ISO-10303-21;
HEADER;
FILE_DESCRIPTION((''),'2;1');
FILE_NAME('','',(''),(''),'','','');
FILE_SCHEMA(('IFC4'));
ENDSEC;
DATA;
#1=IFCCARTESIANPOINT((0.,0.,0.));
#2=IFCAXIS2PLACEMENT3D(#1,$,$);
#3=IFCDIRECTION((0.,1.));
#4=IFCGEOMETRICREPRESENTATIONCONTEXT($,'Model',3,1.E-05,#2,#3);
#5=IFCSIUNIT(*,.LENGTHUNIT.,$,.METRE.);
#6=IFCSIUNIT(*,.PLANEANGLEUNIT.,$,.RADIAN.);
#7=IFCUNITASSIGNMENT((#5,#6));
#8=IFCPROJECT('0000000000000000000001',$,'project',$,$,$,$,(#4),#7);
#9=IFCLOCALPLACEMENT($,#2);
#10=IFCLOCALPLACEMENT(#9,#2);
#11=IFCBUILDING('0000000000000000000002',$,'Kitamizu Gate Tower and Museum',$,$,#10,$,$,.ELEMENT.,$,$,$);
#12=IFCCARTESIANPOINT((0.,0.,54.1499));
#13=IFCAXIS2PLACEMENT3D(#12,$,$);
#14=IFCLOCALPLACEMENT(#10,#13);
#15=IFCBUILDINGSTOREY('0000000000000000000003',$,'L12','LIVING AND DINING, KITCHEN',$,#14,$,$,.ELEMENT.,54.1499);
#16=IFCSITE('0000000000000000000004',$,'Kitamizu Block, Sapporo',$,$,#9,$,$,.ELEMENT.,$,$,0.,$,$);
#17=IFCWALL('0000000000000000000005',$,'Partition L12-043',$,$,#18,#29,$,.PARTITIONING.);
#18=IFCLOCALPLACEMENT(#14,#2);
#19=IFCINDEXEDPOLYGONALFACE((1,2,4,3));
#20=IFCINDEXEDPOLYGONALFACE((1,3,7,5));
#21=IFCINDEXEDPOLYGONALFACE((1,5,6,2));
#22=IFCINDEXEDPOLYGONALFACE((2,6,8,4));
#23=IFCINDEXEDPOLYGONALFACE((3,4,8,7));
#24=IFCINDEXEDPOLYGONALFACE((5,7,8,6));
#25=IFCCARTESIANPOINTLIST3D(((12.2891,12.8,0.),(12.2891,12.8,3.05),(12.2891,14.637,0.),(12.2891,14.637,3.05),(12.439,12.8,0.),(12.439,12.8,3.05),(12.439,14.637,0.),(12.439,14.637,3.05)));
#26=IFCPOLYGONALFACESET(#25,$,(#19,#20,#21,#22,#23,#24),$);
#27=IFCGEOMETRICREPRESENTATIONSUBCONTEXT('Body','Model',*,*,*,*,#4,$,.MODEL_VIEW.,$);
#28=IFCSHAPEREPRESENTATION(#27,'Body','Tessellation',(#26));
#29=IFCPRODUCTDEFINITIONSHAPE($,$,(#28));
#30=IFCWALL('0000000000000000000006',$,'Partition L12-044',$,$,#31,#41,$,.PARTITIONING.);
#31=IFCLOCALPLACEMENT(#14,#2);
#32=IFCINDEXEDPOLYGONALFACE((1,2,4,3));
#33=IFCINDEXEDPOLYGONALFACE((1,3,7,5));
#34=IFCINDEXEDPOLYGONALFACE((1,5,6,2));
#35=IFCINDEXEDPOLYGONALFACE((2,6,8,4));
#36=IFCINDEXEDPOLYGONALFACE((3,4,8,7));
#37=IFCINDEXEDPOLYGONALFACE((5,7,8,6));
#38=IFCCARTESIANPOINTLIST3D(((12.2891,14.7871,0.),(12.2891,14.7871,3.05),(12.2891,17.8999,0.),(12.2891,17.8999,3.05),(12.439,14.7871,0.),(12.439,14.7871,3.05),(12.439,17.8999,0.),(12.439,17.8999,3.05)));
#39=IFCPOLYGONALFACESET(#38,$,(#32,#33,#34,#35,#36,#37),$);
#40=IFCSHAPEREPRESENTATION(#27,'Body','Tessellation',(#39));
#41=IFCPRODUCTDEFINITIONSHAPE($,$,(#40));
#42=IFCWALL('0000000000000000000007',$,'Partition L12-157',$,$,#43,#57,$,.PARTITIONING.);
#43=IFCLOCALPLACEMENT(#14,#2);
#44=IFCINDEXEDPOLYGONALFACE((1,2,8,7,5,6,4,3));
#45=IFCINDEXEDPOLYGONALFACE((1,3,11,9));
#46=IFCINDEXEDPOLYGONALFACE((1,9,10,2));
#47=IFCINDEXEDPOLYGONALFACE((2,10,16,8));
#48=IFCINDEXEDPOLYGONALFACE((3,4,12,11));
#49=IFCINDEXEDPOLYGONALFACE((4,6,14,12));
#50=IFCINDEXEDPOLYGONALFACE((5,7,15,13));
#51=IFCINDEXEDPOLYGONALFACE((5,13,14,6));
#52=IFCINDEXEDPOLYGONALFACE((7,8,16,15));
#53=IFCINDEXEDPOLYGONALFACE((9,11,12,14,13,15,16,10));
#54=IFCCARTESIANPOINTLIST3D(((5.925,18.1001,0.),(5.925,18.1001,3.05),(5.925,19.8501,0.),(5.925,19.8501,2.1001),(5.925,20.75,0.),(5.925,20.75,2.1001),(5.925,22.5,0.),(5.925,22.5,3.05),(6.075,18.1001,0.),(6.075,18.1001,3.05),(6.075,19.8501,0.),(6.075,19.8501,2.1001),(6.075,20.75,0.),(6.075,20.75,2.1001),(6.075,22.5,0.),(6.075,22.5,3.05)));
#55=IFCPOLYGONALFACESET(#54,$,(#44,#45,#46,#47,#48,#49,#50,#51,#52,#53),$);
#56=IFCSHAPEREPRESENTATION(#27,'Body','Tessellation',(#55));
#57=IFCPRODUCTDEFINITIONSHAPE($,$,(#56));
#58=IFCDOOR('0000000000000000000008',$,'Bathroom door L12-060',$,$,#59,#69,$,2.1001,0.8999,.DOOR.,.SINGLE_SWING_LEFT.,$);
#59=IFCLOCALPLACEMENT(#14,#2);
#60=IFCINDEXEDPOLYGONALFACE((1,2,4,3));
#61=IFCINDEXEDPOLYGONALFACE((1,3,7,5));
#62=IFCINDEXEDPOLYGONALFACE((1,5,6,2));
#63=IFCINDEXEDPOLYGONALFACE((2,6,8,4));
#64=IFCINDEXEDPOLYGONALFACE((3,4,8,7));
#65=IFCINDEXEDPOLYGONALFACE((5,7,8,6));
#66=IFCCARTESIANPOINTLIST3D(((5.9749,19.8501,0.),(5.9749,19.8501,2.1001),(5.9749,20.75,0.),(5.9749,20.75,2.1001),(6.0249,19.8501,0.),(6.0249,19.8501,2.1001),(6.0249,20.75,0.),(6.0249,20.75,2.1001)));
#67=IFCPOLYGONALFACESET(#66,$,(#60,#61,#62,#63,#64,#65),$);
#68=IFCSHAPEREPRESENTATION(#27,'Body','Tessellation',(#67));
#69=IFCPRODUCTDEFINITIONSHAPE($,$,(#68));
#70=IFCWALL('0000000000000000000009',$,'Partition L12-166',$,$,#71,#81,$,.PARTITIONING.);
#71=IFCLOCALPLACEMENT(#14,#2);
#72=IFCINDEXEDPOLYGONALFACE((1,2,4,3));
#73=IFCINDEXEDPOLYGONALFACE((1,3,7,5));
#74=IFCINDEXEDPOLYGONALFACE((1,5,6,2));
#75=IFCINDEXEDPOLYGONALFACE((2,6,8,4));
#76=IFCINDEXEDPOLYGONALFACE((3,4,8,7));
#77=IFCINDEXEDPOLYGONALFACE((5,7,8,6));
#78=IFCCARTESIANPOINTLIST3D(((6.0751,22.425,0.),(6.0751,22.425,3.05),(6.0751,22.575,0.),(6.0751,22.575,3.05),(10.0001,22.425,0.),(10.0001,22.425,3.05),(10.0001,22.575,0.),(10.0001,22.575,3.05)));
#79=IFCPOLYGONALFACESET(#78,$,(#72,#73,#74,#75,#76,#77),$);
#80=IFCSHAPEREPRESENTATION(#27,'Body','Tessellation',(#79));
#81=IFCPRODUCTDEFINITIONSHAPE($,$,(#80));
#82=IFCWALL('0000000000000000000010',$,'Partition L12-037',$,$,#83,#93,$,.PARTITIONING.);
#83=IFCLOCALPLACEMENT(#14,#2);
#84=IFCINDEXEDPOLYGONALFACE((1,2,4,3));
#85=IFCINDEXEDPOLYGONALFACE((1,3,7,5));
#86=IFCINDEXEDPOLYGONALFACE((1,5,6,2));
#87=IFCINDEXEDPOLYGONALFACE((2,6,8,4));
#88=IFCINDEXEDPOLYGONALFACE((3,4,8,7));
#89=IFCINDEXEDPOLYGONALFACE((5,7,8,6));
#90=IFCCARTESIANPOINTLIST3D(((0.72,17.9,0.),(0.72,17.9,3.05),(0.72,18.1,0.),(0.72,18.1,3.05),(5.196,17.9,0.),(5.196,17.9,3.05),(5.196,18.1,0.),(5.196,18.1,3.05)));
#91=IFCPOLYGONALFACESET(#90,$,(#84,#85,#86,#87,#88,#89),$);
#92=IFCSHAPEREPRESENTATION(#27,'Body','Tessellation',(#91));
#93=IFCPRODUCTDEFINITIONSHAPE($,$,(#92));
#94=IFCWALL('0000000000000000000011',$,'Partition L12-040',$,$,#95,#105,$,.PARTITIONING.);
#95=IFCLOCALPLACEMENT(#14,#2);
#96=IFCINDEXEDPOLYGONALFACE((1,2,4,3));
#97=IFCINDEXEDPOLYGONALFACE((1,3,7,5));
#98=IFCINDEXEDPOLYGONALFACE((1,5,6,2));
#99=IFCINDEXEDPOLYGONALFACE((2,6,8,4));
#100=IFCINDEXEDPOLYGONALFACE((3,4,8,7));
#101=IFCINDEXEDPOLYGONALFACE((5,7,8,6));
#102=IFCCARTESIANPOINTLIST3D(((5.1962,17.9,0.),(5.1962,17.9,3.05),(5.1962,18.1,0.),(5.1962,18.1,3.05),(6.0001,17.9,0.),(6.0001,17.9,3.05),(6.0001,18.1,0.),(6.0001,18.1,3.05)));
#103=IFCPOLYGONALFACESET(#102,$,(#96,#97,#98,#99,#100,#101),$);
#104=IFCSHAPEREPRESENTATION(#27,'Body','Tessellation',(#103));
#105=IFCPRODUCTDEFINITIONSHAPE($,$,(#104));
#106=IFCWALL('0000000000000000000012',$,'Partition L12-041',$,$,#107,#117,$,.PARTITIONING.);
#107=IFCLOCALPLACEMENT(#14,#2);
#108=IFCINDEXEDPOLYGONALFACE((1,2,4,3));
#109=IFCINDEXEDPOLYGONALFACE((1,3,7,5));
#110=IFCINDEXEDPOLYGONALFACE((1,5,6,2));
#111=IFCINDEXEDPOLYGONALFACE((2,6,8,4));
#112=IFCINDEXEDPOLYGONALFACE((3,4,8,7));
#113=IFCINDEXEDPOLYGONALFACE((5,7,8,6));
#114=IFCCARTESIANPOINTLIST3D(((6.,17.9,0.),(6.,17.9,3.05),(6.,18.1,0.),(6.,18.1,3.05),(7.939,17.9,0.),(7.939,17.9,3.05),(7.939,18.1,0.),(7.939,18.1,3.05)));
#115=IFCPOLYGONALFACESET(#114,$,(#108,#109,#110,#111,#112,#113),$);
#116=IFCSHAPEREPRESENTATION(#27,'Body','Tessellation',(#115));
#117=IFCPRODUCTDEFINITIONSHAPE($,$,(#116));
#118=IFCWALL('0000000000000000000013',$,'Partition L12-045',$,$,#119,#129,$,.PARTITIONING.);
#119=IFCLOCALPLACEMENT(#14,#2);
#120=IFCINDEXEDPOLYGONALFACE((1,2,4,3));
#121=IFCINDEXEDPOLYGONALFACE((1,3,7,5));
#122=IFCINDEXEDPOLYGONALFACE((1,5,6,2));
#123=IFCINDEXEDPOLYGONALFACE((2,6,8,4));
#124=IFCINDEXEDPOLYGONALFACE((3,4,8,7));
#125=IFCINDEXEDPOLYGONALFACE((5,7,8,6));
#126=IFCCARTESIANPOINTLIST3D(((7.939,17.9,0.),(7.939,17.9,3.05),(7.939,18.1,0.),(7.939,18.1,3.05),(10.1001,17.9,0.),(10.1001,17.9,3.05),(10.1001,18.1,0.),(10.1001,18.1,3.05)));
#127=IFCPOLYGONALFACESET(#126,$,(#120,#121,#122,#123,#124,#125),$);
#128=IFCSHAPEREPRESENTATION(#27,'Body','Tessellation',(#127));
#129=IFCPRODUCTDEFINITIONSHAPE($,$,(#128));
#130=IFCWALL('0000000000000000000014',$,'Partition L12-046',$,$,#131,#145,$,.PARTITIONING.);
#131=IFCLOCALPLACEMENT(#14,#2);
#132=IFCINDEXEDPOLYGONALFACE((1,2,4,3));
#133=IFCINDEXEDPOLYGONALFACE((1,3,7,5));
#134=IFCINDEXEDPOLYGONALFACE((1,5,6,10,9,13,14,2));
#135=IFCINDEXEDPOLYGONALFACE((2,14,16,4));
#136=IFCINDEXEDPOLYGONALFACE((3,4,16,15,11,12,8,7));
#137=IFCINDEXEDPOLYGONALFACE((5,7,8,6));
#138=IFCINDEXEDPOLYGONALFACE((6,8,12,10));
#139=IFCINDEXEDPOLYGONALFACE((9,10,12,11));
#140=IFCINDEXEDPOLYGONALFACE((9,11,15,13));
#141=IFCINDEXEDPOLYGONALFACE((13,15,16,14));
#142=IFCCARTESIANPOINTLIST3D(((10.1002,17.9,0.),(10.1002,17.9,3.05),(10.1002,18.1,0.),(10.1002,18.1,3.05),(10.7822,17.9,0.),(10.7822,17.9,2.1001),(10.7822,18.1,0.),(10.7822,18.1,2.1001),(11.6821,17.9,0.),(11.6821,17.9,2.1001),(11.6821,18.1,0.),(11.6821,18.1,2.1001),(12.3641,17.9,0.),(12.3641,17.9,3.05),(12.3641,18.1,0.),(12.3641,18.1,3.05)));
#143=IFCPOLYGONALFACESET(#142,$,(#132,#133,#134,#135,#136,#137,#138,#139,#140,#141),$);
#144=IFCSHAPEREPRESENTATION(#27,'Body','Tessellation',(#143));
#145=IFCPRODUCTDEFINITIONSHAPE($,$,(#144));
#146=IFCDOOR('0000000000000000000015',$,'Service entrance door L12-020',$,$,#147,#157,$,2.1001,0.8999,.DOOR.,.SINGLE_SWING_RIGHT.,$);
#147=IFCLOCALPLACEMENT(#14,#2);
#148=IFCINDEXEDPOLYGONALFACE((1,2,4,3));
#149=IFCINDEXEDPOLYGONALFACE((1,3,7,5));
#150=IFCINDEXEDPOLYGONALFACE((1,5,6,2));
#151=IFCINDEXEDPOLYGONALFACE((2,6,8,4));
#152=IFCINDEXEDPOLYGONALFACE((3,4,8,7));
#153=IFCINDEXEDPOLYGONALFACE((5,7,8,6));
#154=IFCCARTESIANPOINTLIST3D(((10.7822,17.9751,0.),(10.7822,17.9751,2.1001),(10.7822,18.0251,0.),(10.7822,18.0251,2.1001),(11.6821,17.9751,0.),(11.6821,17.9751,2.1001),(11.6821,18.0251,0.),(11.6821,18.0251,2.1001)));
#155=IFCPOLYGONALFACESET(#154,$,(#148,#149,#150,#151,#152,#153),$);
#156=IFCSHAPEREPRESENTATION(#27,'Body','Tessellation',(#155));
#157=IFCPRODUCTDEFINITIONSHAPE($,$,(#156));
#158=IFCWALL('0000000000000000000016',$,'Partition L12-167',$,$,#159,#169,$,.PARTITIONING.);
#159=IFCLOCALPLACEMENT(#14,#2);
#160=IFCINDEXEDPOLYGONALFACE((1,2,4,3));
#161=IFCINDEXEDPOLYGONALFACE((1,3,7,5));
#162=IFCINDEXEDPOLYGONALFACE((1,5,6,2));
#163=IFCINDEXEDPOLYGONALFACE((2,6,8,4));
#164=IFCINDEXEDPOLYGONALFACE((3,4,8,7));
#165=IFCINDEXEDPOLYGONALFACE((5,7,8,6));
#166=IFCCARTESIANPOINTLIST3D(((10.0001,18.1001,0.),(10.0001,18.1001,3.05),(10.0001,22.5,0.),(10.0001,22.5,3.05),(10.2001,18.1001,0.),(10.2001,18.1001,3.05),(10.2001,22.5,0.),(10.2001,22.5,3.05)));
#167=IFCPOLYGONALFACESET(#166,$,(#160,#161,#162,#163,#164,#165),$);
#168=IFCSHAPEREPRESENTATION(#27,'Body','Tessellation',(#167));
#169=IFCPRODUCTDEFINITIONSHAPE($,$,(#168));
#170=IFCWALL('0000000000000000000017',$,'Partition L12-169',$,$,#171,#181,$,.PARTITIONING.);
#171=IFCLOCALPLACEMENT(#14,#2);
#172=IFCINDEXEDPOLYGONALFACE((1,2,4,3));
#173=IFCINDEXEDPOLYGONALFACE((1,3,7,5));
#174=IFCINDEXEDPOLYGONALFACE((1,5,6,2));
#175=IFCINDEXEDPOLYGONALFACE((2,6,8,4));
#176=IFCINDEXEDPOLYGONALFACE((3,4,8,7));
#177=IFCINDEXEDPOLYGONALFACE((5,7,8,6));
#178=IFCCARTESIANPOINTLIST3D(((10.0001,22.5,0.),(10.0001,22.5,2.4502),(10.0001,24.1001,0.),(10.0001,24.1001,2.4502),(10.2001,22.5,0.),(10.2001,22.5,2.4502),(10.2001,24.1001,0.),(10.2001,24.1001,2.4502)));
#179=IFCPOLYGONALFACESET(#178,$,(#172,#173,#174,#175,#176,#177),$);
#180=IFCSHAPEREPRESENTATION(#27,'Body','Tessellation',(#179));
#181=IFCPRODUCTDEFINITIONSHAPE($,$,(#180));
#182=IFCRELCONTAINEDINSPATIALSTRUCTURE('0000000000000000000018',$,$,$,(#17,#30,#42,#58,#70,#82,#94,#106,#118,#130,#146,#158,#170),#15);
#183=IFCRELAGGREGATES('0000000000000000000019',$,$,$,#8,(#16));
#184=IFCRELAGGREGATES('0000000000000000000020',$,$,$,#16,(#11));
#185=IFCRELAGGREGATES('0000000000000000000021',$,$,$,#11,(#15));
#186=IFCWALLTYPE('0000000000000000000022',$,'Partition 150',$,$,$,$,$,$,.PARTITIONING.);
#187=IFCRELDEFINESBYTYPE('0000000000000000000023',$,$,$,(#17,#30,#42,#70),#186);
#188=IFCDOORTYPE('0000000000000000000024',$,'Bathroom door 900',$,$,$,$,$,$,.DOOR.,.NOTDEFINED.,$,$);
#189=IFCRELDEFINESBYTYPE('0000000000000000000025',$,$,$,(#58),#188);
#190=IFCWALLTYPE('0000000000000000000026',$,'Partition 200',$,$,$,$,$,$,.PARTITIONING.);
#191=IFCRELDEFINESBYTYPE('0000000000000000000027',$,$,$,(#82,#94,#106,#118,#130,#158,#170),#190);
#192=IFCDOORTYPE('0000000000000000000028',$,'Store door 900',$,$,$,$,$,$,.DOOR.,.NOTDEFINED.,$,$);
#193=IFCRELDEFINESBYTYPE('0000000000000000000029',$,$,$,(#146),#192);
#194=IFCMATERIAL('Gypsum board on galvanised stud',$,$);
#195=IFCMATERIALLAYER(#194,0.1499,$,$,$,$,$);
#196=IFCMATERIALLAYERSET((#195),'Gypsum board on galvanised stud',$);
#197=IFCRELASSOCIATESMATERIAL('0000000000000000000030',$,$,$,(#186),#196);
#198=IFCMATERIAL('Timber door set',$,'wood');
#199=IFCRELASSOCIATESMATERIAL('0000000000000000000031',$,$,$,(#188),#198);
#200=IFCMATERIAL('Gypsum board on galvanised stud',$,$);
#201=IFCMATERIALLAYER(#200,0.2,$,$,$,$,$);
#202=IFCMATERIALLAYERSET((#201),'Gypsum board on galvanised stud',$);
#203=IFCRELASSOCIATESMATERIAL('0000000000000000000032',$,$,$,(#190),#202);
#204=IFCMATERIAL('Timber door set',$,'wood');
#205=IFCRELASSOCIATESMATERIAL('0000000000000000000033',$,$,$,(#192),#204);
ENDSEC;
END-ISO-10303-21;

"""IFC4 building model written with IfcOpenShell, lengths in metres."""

from ifc_helpers import new_model, si_unit, direction, frame, frame_2d, origin, place, context, subcontext, project, spatial, rectangle, extrude, material, layer, layer_set, type_object, element, fill, save


model = new_model("IFC4")

# Units and contexts
model_context = context("Model", 3, precision=1e-05, world=origin(), true_north=direction((0.0, 1.0)))
body_context = subcontext(model_context, "Body", "Model", "MODEL_VIEW")
ifc_project = project(units=[si_unit("LENGTHUNIT", "METRE"), si_unit("PLANEANGLEUNIT", "RADIAN")], contexts=[model_context])

# Site, building, storey
site_placement = place(None, origin())
site = spatial("IfcSite", under=ifc_project, at=site_placement, Name="Kitamizu Block, Sapporo", CompositionType="ELEMENT", RefElevation=0.0)
building_placement = place(site_placement, origin())
building = spatial("IfcBuilding", under=site, at=building_placement, Name="Kitamizu Gate Tower and Museum", CompositionType="ELEMENT")
storey_placement = place(building_placement, frame((0.0, 0.0, 54.1499)))
storey = spatial("IfcBuildingStorey", under=building, at=storey_placement, Name="L12", Description="LIVING AND DINING, KITCHEN", CompositionType="ELEMENT", Elevation=54.1499)

# Walls
ifc_material_1 = material(Name="Gypsum board on galvanised stud")
ifc_layer_1 = layer(ifc_material_1, 0.1499)
ifc_layer_set_1 = layer_set([ifc_layer_1], Name="Gypsum board on galvanised stud")
wall_type_1 = type_object("IfcWallType", Name="Partition 150", PredefinedType="PARTITIONING", material=ifc_layer_set_1)
wall_1_placement = place(storey_placement, frame((12.364, 12.8, 0.0), z_axis=(0.0, 0.0, 1.0), x_axis=(0.0, 1.0, 0.0)))
element("IfcWall", 1, at=wall_1_placement, inside=storey, type_object=wall_type_1, Name="Partition L12-043", PredefinedType="PARTITIONING", context=body_context, shape_type="SweptSolid", body=[
    extrude(rectangle(XDim=1.8369, YDim=0.1499, at=frame_2d((0.9185, 0.0))), origin(), (0.0, 0.0, 1.0), 3.05),
])
wall_2_placement = place(storey_placement, frame((12.364, 14.7871, 0.0), z_axis=(0.0, 0.0, 1.0), x_axis=(0.0, 1.0, 0.0)))
element("IfcWall", 2, at=wall_2_placement, inside=storey, type_object=wall_type_1, Name="Partition L12-044", PredefinedType="PARTITIONING", context=body_context, shape_type="SweptSolid", body=[
    extrude(rectangle(XDim=3.1128, YDim=0.1499, at=frame_2d((1.5564, 0.0))), origin(), (0.0, 0.0, 1.0), 3.05),
])

# Wall, opening, door
wall_3_placement = place(storey_placement, frame((6.0, 18.1001, 0.0), z_axis=(0.0, 0.0, 1.0), x_axis=(0.0, 1.0, 0.0)))
wall_3 = element("IfcWall", 3, at=wall_3_placement, inside=storey, type_object=wall_type_1, Name="Partition L12-157", PredefinedType="PARTITIONING", context=body_context, shape_type="SweptSolid", body=[
    extrude(rectangle(XDim=4.3999, YDim=0.1499, at=frame_2d((2.2, 0.0))), origin(), (0.0, 0.0, 1.0), 3.05),
])
opening_1_placement = place(wall_3_placement, frame((1.75, 0.0, 0.0)))
opening_1 = element("IfcOpeningElement", 4, at=opening_1_placement, cuts=wall_3, PredefinedType="OPENING", context=body_context, shape_type="SweptSolid", body=[
    extrude(rectangle(XDim=0.8999, YDim=2.1001, at=frame_2d((0.45, 1.05))), frame((0.0, 0.085, 0.0), z_axis=(0.0, -1.0, 0.0), x_axis=(1.0, 0.0, 0.0)), (0.0, 0.0, 1.0), 0.1699),
])
ifc_material_2 = material(Name="Timber door set", Category="wood")
door_type_1 = type_object("IfcDoorType", Name="Bathroom door 900", OperationType="NOTDEFINED", PredefinedType="DOOR", material=ifc_material_2)
door_1_placement = place(opening_1_placement, frame((0.8999, 0.0, 0.0), x_axis=(-1.0, 0.0, 0.0)))
door_1 = element("IfcDoor", 5, at=door_1_placement, inside=storey, type_object=door_type_1, Name="Bathroom door L12-060", OperationType="SINGLE_SWING_LEFT", OverallHeight=2.1001, OverallWidth=0.8999, PredefinedType="DOOR", context=body_context, shape_type="SweptSolid", body=[
    extrude(rectangle(XDim=0.8999, YDim=2.1001, at=frame_2d((0.45, 1.05))), frame((0.0, 0.0249, 0.0), z_axis=(0.0, -1.0, 0.0), x_axis=(1.0, 0.0, 0.0)), (0.0, 0.0, 1.0), 0.05),
])
fill(opening_1, door_1)

# Walls
wall_4_placement = place(storey_placement, frame((10.0, 22.5, 0.0), z_axis=(0.0, 0.0, 1.0), x_axis=(-1.0, 0.0, 0.0)))
element("IfcWall", 6, at=wall_4_placement, inside=storey, type_object=wall_type_1, Name="Partition L12-166", PredefinedType="PARTITIONING", context=body_context, shape_type="SweptSolid", body=[
    extrude(rectangle(XDim=3.925, YDim=0.1499, at=frame_2d((1.9624, 0.0))), origin(), (0.0, 0.0, 1.0), 3.05),
])
ifc_material_3 = material(Name="Gypsum board on galvanised stud")
ifc_layer_2 = layer(ifc_material_3, 0.2)
ifc_layer_set_2 = layer_set([ifc_layer_2], Name="Gypsum board on galvanised stud")
wall_type_2 = type_object("IfcWallType", Name="Partition 200", PredefinedType="PARTITIONING", material=ifc_layer_set_2)
wall_5_placement = place(storey_placement, frame((5.196, 18.0, 0.0), z_axis=(0.0, 0.0, 1.0), x_axis=(-1.0, 0.0, 0.0)))
element("IfcWall", 7, at=wall_5_placement, inside=storey, type_object=wall_type_2, Name="Partition L12-037", PredefinedType="PARTITIONING", context=body_context, shape_type="SweptSolid", body=[
    extrude(rectangle(XDim=4.4761, YDim=0.2, at=frame_2d((2.238, 0.0))), origin(), (0.0, 0.0, 1.0), 3.05),
])
wall_6_placement = place(storey_placement, frame((6.0, 18.0, 0.0), z_axis=(0.0, 0.0, 1.0), x_axis=(-1.0, 0.0, 0.0)))
element("IfcWall", 8, at=wall_6_placement, inside=storey, type_object=wall_type_2, Name="Partition L12-040", PredefinedType="PARTITIONING", context=body_context, shape_type="SweptSolid", body=[
    extrude(rectangle(XDim=0.804, YDim=0.2, at=frame_2d((0.4019, 0.0))), origin(), (0.0, 0.0, 1.0), 3.05),
])
wall_7_placement = place(storey_placement, frame((7.939, 18.0, 0.0), z_axis=(0.0, 0.0, 1.0), x_axis=(-1.0, 0.0, 0.0)))
element("IfcWall", 9, at=wall_7_placement, inside=storey, type_object=wall_type_2, Name="Partition L12-041", PredefinedType="PARTITIONING", context=body_context, shape_type="SweptSolid", body=[
    extrude(rectangle(XDim=1.939, YDim=0.2, at=frame_2d((0.9695, 0.0))), origin(), (0.0, 0.0, 1.0), 3.05),
])
wall_8_placement = place(storey_placement, frame((10.1001, 18.0, 0.0), z_axis=(0.0, 0.0, 1.0), x_axis=(-1.0, 0.0, 0.0)))
element("IfcWall", 10, at=wall_8_placement, inside=storey, type_object=wall_type_2, Name="Partition L12-045", PredefinedType="PARTITIONING", context=body_context, shape_type="SweptSolid", body=[
    extrude(rectangle(XDim=2.1611, YDim=0.2, at=frame_2d((1.0806, 0.0))), origin(), (0.0, 0.0, 1.0), 3.05),
])

# Wall, opening, door
wall_9_placement = place(storey_placement, frame((12.364, 18.0, 0.0), z_axis=(0.0, 0.0, 1.0), x_axis=(-1.0, 0.0, 0.0)))
wall_9 = element("IfcWall", 11, at=wall_9_placement, inside=storey, type_object=wall_type_2, Name="Partition L12-046", PredefinedType="PARTITIONING", context=body_context, shape_type="SweptSolid", body=[
    extrude(rectangle(XDim=2.2639, YDim=0.2, at=frame_2d((1.1318, 0.0))), origin(), (0.0, 0.0, 1.0), 3.05),
])
opening_2_placement = place(wall_9_placement, frame((0.6819, 0.0, 0.0)))
opening_2 = element("IfcOpeningElement", 12, at=opening_2_placement, cuts=wall_9, PredefinedType="OPENING", context=body_context, shape_type="SweptSolid", body=[
    extrude(rectangle(XDim=0.8999, YDim=2.1001, at=frame_2d((0.45, 1.05))), frame((0.0, 0.1099, 0.0), z_axis=(0.0, -1.0, 0.0), x_axis=(1.0, 0.0, 0.0)), (0.0, 0.0, 1.0), 0.22),
])
ifc_material_4 = material(Name="Timber door set", Category="wood")
door_type_2 = type_object("IfcDoorType", Name="Store door 900", OperationType="NOTDEFINED", PredefinedType="DOOR", material=ifc_material_4)
door_2_placement = place(opening_2_placement, origin())
door_2 = element("IfcDoor", 13, at=door_2_placement, inside=storey, type_object=door_type_2, Name="Service entrance door L12-020", OperationType="SINGLE_SWING_RIGHT", OverallHeight=2.1001, OverallWidth=0.8999, PredefinedType="DOOR", context=body_context, shape_type="SweptSolid", body=[
    extrude(rectangle(XDim=0.8999, YDim=2.1001, at=frame_2d((0.45, 1.05))), frame((0.0, 0.0249, 0.0), z_axis=(0.0, -1.0, 0.0), x_axis=(1.0, 0.0, 0.0)), (0.0, 0.0, 1.0), 0.05),
])
fill(opening_2, door_2)

# Walls
wall_10_placement = place(storey_placement, frame((10.1001, 18.1001, 0.0), z_axis=(0.0, 0.0, 1.0), x_axis=(0.0, 1.0, 0.0)))
element("IfcWall", 14, at=wall_10_placement, inside=storey, type_object=wall_type_2, Name="Partition L12-167", PredefinedType="PARTITIONING", context=body_context, shape_type="SweptSolid", body=[
    extrude(rectangle(XDim=4.3999, YDim=0.2, at=frame_2d((2.2, 0.0))), origin(), (0.0, 0.0, 1.0), 3.05),
])
wall_11_placement = place(storey_placement, frame((10.1001, 22.5, 0.0), z_axis=(0.0, 0.0, 1.0), x_axis=(0.0, 1.0, 0.0)))
element("IfcWall", 15, at=wall_11_placement, inside=storey, type_object=wall_type_2, Name="Partition L12-169", PredefinedType="PARTITIONING", context=body_context, shape_type="SweptSolid", body=[
    extrude(rectangle(XDim=1.6001, YDim=0.2, at=frame_2d((0.8, 0.0))), origin(), (0.0, 0.0, 1.0), 2.4502),
])

save(model, "model.ifc")
